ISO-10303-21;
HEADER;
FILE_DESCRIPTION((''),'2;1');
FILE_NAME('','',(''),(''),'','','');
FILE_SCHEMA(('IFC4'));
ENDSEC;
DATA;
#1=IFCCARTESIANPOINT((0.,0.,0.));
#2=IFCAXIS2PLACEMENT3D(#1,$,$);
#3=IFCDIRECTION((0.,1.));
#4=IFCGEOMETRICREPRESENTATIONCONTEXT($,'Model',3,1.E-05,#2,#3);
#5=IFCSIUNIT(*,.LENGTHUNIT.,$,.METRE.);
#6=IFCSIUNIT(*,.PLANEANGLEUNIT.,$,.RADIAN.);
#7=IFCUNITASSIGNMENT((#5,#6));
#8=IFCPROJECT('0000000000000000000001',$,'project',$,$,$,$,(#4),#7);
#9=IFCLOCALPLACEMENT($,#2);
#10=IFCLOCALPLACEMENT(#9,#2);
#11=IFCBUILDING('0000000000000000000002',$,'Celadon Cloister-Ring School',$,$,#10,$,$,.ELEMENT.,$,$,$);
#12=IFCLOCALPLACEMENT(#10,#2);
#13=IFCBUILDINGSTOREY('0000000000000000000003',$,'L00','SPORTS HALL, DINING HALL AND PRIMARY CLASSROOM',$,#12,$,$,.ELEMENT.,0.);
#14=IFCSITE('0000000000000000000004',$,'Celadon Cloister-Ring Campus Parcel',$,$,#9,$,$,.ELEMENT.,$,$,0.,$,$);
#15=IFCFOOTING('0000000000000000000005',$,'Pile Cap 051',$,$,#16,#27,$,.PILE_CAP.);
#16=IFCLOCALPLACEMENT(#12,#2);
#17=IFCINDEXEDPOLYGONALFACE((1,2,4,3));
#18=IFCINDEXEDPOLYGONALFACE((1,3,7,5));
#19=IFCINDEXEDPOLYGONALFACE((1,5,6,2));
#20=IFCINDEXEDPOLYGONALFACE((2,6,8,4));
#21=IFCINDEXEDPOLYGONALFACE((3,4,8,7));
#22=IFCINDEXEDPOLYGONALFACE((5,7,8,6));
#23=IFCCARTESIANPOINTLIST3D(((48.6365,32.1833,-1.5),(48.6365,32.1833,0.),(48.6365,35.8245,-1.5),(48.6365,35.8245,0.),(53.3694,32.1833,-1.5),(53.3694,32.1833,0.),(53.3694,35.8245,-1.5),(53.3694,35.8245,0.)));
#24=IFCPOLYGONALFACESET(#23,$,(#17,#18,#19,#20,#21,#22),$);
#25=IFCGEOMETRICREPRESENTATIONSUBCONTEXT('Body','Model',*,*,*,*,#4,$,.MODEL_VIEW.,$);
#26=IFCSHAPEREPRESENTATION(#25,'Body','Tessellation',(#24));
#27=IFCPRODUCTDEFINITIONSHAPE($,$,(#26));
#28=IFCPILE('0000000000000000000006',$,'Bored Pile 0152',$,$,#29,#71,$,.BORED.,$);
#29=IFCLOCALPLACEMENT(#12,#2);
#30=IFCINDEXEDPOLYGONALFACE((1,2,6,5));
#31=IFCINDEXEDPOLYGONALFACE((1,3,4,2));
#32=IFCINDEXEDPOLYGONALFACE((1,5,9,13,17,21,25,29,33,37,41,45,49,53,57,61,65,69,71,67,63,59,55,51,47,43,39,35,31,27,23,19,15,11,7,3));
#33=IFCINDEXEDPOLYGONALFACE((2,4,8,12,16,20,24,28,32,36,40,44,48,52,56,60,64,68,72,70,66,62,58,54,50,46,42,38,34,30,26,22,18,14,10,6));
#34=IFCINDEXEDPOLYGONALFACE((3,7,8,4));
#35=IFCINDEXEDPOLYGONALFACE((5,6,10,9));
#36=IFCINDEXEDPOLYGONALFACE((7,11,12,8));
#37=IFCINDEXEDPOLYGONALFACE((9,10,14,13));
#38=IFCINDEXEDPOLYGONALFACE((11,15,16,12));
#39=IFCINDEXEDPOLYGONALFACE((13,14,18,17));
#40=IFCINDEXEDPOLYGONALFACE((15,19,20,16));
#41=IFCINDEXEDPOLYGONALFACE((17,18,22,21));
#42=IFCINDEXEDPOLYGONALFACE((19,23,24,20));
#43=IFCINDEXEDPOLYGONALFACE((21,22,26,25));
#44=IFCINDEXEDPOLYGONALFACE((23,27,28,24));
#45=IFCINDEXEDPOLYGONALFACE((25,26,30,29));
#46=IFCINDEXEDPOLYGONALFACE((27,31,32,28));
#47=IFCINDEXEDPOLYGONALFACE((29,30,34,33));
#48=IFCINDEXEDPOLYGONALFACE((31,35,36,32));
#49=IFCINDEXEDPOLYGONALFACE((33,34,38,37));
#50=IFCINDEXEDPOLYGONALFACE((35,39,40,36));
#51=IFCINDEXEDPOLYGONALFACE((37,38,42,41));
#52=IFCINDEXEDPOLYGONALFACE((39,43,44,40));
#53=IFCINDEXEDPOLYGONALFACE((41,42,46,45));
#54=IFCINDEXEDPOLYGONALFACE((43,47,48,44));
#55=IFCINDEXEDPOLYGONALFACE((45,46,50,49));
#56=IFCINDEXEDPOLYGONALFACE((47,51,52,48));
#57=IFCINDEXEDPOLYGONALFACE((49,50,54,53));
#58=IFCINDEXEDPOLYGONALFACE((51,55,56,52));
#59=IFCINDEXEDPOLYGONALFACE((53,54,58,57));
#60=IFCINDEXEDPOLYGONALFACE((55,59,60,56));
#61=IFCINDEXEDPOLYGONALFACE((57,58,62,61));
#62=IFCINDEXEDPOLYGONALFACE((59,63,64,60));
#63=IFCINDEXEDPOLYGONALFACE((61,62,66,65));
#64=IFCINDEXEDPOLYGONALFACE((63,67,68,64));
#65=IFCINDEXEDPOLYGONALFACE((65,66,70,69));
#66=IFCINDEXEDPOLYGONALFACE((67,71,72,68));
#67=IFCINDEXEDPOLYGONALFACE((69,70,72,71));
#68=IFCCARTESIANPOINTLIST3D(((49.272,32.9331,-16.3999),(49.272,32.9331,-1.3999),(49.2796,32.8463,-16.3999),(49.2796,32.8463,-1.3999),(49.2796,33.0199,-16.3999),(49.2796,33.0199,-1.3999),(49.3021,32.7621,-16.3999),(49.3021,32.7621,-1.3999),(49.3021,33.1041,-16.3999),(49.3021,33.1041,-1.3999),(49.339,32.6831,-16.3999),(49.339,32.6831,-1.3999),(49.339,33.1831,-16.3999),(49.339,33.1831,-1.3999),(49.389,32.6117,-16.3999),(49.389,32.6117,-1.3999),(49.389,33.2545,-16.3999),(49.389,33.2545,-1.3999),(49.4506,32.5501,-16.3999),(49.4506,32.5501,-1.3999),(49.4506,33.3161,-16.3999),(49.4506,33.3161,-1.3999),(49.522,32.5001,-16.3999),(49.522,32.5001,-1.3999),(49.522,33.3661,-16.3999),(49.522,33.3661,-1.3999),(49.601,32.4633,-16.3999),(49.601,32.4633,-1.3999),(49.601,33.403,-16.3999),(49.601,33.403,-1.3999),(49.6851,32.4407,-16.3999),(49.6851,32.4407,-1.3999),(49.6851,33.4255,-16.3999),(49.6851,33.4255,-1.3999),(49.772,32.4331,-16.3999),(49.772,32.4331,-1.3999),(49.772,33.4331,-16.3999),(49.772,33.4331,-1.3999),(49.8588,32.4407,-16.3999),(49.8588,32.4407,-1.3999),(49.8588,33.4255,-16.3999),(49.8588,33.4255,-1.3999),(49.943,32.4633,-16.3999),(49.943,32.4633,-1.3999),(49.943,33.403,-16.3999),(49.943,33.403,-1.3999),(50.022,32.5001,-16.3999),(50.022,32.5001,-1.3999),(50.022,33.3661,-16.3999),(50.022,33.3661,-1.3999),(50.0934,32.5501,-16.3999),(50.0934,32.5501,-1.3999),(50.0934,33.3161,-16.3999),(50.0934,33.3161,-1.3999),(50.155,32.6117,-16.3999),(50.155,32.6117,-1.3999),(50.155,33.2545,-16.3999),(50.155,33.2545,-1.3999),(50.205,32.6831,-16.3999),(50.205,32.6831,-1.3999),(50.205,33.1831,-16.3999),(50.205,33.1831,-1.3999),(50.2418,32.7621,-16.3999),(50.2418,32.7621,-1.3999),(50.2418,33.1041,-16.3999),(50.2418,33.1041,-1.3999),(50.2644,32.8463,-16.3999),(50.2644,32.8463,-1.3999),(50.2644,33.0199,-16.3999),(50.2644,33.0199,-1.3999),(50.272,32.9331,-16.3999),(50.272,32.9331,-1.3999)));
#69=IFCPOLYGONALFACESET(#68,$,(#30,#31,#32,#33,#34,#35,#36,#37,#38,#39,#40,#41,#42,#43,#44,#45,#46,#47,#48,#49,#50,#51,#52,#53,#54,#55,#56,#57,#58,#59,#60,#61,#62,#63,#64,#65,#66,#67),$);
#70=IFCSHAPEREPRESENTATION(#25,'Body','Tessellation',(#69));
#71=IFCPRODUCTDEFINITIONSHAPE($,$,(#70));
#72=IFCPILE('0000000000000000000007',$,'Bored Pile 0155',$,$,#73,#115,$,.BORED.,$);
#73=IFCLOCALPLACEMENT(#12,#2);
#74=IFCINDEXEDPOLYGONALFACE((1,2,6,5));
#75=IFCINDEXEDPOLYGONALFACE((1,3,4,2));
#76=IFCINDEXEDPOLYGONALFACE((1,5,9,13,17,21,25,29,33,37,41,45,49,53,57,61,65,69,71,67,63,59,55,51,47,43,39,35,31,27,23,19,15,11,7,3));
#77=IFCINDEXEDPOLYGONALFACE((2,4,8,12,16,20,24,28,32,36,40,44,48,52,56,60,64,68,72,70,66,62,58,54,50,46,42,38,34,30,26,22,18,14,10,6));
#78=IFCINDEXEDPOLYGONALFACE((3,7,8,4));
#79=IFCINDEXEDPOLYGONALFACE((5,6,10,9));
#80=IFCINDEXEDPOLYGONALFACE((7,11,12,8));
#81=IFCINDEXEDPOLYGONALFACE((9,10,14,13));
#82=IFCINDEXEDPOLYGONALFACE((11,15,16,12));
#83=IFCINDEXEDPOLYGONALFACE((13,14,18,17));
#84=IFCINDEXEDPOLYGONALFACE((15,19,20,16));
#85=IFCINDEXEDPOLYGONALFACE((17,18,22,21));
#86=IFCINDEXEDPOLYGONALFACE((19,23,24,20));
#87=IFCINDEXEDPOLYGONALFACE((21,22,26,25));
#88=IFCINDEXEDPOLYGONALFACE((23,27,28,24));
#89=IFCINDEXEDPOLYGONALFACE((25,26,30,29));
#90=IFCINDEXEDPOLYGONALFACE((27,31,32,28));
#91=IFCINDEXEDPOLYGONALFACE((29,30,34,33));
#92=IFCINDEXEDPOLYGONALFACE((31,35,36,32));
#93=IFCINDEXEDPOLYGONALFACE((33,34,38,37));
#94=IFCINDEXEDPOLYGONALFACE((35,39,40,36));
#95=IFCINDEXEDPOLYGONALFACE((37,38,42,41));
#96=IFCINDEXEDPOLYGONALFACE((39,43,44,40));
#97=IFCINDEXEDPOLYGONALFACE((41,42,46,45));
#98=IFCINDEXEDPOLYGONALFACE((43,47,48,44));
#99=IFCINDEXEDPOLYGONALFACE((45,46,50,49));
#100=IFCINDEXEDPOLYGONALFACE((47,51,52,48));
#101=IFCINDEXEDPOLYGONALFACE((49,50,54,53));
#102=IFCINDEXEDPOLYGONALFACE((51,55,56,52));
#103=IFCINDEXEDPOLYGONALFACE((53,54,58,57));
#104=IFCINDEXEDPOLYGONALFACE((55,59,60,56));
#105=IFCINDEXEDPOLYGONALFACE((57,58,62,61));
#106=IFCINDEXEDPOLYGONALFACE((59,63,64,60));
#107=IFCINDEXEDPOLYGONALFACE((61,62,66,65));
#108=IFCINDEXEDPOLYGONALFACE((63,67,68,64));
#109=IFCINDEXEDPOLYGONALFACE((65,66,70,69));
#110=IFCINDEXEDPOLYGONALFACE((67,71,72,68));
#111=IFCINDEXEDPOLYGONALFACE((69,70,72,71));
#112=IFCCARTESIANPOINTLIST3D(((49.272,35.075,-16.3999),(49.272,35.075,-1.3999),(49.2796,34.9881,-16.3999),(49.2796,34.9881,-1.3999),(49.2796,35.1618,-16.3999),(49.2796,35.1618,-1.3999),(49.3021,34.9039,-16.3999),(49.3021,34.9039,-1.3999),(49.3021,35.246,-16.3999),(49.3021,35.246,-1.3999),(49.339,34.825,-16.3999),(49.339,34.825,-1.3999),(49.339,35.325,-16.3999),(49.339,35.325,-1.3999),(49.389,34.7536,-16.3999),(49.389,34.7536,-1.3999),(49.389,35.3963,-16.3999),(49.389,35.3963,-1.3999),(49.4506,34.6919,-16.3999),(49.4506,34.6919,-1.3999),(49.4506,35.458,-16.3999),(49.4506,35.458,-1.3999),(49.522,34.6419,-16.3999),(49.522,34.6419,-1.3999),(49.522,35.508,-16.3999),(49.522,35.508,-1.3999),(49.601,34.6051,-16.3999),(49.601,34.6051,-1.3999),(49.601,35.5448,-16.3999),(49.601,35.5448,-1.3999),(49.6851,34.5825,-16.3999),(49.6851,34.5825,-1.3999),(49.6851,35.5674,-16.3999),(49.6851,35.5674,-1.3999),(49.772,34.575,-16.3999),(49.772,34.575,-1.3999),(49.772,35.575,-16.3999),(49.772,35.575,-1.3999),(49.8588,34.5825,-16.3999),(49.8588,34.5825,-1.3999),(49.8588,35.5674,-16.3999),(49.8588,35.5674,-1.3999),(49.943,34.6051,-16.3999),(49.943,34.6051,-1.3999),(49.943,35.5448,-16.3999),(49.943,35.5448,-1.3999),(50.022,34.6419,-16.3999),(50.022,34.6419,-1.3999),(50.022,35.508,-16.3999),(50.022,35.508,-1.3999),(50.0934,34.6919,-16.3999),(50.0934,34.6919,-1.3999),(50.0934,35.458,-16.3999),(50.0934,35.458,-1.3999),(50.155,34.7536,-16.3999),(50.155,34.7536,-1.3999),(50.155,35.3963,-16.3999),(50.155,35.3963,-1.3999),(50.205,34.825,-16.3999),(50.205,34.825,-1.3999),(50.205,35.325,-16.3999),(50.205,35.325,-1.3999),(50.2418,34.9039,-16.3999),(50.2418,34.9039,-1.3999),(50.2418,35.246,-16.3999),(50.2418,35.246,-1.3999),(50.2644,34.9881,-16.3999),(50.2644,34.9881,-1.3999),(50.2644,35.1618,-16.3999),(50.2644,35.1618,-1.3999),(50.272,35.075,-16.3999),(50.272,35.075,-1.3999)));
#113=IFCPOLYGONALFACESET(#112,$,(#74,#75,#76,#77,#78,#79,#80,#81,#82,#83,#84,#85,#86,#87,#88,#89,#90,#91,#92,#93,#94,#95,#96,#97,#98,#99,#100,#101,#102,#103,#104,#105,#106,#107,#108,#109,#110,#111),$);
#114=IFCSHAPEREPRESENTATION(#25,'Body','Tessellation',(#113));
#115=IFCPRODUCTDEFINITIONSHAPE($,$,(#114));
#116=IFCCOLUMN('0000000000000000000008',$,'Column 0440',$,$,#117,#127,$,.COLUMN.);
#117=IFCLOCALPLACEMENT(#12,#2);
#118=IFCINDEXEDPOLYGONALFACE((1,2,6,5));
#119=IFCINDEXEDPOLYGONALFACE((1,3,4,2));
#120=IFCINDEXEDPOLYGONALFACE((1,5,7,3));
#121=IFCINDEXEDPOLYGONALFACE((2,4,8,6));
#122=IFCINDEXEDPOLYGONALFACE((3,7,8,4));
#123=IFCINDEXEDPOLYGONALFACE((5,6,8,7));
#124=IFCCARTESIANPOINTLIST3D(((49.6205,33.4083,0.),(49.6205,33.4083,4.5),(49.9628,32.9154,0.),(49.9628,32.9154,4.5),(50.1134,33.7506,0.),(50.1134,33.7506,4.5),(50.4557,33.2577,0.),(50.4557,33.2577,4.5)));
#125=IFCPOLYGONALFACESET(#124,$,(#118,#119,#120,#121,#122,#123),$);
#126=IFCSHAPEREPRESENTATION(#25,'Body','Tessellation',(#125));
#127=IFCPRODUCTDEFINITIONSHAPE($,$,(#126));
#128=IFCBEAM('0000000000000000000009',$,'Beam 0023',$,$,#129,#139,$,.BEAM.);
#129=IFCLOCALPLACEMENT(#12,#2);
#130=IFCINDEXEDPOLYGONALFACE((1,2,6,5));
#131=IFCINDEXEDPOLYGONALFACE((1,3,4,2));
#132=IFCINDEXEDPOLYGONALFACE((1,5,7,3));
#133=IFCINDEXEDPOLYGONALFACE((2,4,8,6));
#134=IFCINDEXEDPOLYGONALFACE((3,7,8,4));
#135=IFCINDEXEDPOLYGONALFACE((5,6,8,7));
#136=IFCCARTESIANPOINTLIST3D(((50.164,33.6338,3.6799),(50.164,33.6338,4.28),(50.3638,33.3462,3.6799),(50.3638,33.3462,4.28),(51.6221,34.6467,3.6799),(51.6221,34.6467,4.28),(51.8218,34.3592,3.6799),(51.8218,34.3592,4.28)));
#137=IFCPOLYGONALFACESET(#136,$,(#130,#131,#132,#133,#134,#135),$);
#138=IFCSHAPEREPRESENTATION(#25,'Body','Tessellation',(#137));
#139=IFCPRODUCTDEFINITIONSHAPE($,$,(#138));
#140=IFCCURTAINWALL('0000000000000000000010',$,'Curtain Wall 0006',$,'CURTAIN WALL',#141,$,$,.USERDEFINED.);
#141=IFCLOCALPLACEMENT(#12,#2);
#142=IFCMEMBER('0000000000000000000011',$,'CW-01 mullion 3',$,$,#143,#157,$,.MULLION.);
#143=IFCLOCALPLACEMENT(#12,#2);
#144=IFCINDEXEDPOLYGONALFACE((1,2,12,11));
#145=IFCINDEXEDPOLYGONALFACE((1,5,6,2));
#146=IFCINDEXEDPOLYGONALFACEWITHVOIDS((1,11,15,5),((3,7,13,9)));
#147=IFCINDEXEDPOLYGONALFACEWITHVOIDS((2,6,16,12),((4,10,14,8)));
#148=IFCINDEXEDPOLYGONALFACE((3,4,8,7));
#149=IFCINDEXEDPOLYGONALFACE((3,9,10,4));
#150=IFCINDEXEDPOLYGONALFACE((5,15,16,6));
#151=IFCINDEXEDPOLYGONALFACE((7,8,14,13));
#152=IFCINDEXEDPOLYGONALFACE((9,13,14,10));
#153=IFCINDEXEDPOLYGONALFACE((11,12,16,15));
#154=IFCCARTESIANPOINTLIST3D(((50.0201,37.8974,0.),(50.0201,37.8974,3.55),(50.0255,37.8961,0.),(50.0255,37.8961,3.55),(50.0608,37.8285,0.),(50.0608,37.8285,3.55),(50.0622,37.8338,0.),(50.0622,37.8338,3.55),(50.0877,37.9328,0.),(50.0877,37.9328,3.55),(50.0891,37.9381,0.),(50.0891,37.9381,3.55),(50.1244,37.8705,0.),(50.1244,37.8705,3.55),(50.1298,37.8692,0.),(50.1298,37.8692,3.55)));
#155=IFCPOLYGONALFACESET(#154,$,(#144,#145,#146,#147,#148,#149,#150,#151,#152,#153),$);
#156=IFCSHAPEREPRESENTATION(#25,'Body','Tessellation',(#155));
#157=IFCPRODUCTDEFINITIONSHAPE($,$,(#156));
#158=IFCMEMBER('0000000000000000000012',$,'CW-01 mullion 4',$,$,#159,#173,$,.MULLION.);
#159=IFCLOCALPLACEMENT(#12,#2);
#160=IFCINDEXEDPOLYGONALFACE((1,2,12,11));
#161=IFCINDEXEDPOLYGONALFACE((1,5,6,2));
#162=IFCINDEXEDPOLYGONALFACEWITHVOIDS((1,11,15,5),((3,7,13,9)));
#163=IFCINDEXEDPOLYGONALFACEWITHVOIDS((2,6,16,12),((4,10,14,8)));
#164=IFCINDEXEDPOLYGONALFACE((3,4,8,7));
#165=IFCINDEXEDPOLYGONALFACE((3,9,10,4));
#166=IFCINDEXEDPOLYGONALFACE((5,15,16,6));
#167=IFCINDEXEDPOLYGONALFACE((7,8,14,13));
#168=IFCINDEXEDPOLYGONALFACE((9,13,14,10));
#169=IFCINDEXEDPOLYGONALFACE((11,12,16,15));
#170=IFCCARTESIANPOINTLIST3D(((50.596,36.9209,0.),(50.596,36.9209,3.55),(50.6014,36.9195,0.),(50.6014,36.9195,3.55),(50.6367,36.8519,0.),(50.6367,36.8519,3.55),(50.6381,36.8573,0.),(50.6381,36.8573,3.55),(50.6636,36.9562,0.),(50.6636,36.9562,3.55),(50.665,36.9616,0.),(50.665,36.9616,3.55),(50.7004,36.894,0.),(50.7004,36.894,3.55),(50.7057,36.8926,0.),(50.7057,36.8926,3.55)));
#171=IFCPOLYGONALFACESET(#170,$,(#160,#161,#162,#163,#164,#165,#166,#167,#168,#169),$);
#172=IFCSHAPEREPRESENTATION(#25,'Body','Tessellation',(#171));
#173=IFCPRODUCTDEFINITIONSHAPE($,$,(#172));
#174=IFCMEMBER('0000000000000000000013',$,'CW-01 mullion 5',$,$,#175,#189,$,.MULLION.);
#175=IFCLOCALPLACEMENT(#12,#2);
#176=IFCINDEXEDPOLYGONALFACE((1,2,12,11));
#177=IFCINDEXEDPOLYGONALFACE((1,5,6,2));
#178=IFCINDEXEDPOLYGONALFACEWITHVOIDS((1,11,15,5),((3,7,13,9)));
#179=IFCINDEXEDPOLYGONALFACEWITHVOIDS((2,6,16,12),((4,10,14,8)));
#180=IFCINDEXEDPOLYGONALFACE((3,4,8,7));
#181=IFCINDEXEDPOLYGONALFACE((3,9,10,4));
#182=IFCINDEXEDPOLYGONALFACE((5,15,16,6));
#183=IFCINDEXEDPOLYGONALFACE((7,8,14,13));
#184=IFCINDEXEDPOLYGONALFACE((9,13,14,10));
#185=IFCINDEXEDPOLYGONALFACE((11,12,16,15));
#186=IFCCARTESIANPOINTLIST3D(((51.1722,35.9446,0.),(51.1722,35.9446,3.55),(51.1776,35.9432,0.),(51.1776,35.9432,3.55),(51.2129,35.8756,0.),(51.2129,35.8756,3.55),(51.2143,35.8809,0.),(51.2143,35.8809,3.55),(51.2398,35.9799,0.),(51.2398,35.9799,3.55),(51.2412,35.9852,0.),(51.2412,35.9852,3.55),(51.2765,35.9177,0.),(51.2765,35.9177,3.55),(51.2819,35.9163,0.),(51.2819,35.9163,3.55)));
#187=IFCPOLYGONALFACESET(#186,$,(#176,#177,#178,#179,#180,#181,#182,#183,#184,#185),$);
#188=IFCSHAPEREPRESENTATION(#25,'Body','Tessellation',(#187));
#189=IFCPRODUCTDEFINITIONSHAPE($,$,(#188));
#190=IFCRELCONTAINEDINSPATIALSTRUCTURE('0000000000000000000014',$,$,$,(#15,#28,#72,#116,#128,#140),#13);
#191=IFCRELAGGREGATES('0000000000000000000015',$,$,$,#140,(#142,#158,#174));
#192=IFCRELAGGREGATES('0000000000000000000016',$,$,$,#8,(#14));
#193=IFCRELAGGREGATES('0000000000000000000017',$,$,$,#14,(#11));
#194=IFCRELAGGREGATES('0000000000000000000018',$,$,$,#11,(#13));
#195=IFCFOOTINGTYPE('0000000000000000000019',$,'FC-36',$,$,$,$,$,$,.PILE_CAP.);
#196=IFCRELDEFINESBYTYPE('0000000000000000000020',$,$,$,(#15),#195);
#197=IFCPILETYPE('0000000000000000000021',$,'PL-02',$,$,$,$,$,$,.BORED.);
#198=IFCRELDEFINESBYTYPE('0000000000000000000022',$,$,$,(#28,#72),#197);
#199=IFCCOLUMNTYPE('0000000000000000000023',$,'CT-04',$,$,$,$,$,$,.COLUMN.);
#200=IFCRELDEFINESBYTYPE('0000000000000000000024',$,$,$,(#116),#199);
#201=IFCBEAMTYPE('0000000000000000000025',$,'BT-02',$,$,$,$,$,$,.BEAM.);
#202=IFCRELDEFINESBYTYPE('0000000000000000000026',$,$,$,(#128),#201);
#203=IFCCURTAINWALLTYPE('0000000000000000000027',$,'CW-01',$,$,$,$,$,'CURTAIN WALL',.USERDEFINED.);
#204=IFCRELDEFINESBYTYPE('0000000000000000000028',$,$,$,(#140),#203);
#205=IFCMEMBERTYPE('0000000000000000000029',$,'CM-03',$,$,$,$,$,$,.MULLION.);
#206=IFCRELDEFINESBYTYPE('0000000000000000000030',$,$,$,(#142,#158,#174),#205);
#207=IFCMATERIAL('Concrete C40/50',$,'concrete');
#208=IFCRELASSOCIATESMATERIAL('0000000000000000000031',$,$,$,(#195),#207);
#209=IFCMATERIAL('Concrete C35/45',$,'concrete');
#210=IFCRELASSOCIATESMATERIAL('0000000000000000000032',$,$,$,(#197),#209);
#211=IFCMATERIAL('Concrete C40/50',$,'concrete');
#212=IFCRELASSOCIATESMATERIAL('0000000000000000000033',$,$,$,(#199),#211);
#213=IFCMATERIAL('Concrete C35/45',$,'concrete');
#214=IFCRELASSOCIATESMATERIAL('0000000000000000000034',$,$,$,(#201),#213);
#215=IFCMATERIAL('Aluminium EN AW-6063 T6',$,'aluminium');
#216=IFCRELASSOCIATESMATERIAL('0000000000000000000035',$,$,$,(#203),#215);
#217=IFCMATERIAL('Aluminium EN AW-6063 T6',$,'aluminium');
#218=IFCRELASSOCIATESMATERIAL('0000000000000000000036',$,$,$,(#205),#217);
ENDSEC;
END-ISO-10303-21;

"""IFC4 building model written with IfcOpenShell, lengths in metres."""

from ifc_helpers import new_model, si_unit, direction, frame, origin, origin_2d, place, context, subcontext, project, spatial, rectangle, hollow_rectangle, circle, extrude, material, material_profile, profile_set, type_object, element, aggregate, save


model = new_model("IFC4")

# Units and contexts
model_context = context("Model", 3, precision=1e-05, world=origin(), true_north=direction((0.0, 1.0)))
body_context = subcontext(model_context, "Body", "Model", "MODEL_VIEW")
ifc_project = project(units=[si_unit("LENGTHUNIT", "METRE"), si_unit("PLANEANGLEUNIT", "RADIAN")], contexts=[model_context])

# Site, building, storey
site_placement = place(None, origin())
site = spatial("IfcSite", under=ifc_project, at=site_placement, Name="Celadon Cloister-Ring Campus Parcel", CompositionType="ELEMENT", RefElevation=0.0)
building_placement = place(site_placement, origin())
building = spatial("IfcBuilding", under=site, at=building_placement, Name="Celadon Cloister-Ring School", CompositionType="ELEMENT")
storey_placement = place(building_placement, origin())
storey = spatial("IfcBuildingStorey", under=building, at=storey_placement, Name="L00", Description="SPORTS HALL, DINING HALL AND PRIMARY CLASSROOM", CompositionType="ELEMENT", Elevation=0.0)

# Footing
ifc_material_1 = material(Name="Concrete C40/50", Category="concrete")
footing_type = type_object("IfcFootingType", Name="FC-36", PredefinedType="PILE_CAP", material=ifc_material_1)
footing_placement = place(storey_placement, frame((51.0029, 34.0039, -1.5), z_axis=(0.0, 0.0, 1.0), x_axis=(1.0, 0.0, 0.0)))
element("IfcFooting", 1, at=footing_placement, inside=storey, type_object=footing_type, Name="Pile Cap 051", PredefinedType="PILE_CAP", context=body_context, shape_type="SweptSolid", body=[
    extrude(rectangle(XDim=4.7329, YDim=3.6411, at=origin_2d()), origin(), (0.0, 0.0, 1.0), 1.5),
])

# Piles
ifc_material_2 = material(Name="Concrete C35/45", Category="concrete")
ifc_material_profile_1 = material_profile(ifc_material_2, circle(Radius=0.5, at=origin_2d()), Name="PILE1000")
ifc_profile_set_1 = profile_set([ifc_material_profile_1], Name="Concrete C35/45")
pile_type = type_object("IfcPileType", Name="PL-02", PredefinedType="BORED", material=ifc_profile_set_1)
for number, where, z_axis, x_axis, name in (
    (2, (49.772, 32.9331, -1.3999), (0.0, 0.0, -1.0), (1.0, 0.0, 0.0), "Bored Pile 0152"),
    (3, (49.772, 35.075, -1.3999), (0.0, 0.0, -1.0), (1.0, 0.0, 0.0), "Bored Pile 0155"),
):
    element("IfcPile", number, at=place(storey_placement, frame(where, z_axis=z_axis, x_axis=x_axis)), inside=storey, type_object=pile_type, Name=name, PredefinedType="BORED", context=body_context, shape_type="SweptSolid", body=[
        extrude(circle(Radius=0.5, at=origin_2d()), origin(), (0.0, 0.0, 1.0), 15.0),
    ])

# Column
ifc_material_3 = material(Name="Concrete C40/50", Category="concrete")
ifc_material_profile_2 = material_profile(ifc_material_3, rectangle(XDim=0.6001, YDim=0.6001, at=origin_2d()), Name="RC600X600")
ifc_profile_set_2 = profile_set([ifc_material_profile_2], Name="Concrete C40/50")
column_type = type_object("IfcColumnType", Name="CT-04", PredefinedType="COLUMN", material=ifc_profile_set_2)
column_placement = place(storey_placement, frame((50.0381, 33.333, 0.0), z_axis=(0.0, 0.0, 1.0), x_axis=(-0.821388, -0.57037, 0.0)))
element("IfcColumn", 4, at=column_placement, inside=storey, type_object=column_type, Name="Column 0440", PredefinedType="COLUMN", context=body_context, shape_type="SweptSolid", body=[
    extrude(rectangle(XDim=0.6001, YDim=0.6001, at=origin_2d()), origin(), (0.0, 0.0, 1.0), 4.5),
])

# Beam
ifc_material_4 = material(Name="Concrete C35/45", Category="concrete")
ifc_material_profile_3 = material_profile(ifc_material_4, rectangle(XDim=0.3501, YDim=0.6001, at=origin_2d()), Name="RC350X600")
ifc_profile_set_3 = profile_set([ifc_material_profile_3], Name="Concrete C35/45")
beam_type_1 = type_object("IfcBeamType", Name="BT-02", PredefinedType="BEAM", material=ifc_profile_set_3)
beam_1_placement = place(storey_placement, frame((50.2639, 33.49, 3.98), z_axis=(0.821255, 0.570561, 0.0), x_axis=(-0.570561, 0.821255, 0.0)))
element("IfcBeam", 5, at=beam_1_placement, inside=storey, type_object=beam_type_1, Name="Beam 0023", PredefinedType="BEAM", context=body_context, shape_type="SweptSolid", body=[
    extrude(rectangle(XDim=0.3501, YDim=0.6001, at=origin_2d()), origin(), (0.0, 0.0, 1.0), 1.7754),
])

# Curtain wall, members
ifc_material_5 = material(Name="Aluminium EN AW-6063 T6", Category="aluminium")
curtain_wall_type = type_object("IfcCurtainWallType", Name="CW-01", ElementType="CURTAIN WALL", PredefinedType="USERDEFINED", material=ifc_material_5)
curtain_wall_placement = place(storey_placement, origin())
curtain_wall = element("IfcCurtainWall", 6, at=curtain_wall_placement, inside=storey, type_object=curtain_wall_type, Name="Curtain Wall 0006", ObjectType="CURTAIN WALL", PredefinedType="USERDEFINED")
ifc_material_6 = material(Name="Aluminium EN AW-6063 T6", Category="aluminium")
ifc_material_profile_4 = material_profile(ifc_material_6, hollow_rectangle(XDim=0.0801, YDim=0.0801, WallThickness=0.0039, at=origin_2d()), Name="RHS80X80X4")
ifc_profile_set_4 = profile_set([ifc_material_profile_4], Name="Aluminium EN AW-6063 T6")
member_type_1 = type_object("IfcMemberType", Name="CM-03", PredefinedType="MULLION", material=ifc_profile_set_4)
member_1_placement = place(storey_placement, frame((50.075, 37.8833, 0.0), z_axis=(0.0, 0.0, 1.0), x_axis=(0.861299, 0.508099, 0.0)))
member_1 = element("IfcMember", 7, at=member_1_placement, type_object=member_type_1, Name="CW-01 mullion 3", PredefinedType="MULLION", context=body_context, shape_type="SweptSolid", body=[
    extrude(hollow_rectangle(XDim=0.0801, YDim=0.0801, WallThickness=0.0039, at=origin_2d()), origin(), (0.0, 0.0, 1.0), 3.55),
])
member_2_placement = place(storey_placement, frame((50.6509, 36.9067, 0.0), z_axis=(0.0, 0.0, 1.0), x_axis=(0.861299, 0.508099, 0.0)))
member_2 = element("IfcMember", 8, at=member_2_placement, type_object=member_type_1, Name="CW-01 mullion 4", PredefinedType="MULLION", context=body_context, shape_type="SweptSolid", body=[
    extrude(hollow_rectangle(XDim=0.0801, YDim=0.0801, WallThickness=0.0039, at=origin_2d()), origin(), (0.0, 0.0, 1.0), 3.55),
])
member_3_placement = place(storey_placement, frame((51.2271, 35.9304, 0.0), z_axis=(0.0, 0.0, 1.0), x_axis=(0.861299, 0.508099, 0.0)))
member_3 = element("IfcMember", 9, at=member_3_placement, type_object=member_type_1, Name="CW-01 mullion 5", PredefinedType="MULLION", context=body_context, shape_type="SweptSolid", body=[
    extrude(hollow_rectangle(XDim=0.0801, YDim=0.0801, WallThickness=0.0039, at=origin_2d()), origin(), (0.0, 0.0, 1.0), 3.55),
])

aggregate(curtain_wall, [member_1, member_2, member_3])

save(model, "model.ifc")
